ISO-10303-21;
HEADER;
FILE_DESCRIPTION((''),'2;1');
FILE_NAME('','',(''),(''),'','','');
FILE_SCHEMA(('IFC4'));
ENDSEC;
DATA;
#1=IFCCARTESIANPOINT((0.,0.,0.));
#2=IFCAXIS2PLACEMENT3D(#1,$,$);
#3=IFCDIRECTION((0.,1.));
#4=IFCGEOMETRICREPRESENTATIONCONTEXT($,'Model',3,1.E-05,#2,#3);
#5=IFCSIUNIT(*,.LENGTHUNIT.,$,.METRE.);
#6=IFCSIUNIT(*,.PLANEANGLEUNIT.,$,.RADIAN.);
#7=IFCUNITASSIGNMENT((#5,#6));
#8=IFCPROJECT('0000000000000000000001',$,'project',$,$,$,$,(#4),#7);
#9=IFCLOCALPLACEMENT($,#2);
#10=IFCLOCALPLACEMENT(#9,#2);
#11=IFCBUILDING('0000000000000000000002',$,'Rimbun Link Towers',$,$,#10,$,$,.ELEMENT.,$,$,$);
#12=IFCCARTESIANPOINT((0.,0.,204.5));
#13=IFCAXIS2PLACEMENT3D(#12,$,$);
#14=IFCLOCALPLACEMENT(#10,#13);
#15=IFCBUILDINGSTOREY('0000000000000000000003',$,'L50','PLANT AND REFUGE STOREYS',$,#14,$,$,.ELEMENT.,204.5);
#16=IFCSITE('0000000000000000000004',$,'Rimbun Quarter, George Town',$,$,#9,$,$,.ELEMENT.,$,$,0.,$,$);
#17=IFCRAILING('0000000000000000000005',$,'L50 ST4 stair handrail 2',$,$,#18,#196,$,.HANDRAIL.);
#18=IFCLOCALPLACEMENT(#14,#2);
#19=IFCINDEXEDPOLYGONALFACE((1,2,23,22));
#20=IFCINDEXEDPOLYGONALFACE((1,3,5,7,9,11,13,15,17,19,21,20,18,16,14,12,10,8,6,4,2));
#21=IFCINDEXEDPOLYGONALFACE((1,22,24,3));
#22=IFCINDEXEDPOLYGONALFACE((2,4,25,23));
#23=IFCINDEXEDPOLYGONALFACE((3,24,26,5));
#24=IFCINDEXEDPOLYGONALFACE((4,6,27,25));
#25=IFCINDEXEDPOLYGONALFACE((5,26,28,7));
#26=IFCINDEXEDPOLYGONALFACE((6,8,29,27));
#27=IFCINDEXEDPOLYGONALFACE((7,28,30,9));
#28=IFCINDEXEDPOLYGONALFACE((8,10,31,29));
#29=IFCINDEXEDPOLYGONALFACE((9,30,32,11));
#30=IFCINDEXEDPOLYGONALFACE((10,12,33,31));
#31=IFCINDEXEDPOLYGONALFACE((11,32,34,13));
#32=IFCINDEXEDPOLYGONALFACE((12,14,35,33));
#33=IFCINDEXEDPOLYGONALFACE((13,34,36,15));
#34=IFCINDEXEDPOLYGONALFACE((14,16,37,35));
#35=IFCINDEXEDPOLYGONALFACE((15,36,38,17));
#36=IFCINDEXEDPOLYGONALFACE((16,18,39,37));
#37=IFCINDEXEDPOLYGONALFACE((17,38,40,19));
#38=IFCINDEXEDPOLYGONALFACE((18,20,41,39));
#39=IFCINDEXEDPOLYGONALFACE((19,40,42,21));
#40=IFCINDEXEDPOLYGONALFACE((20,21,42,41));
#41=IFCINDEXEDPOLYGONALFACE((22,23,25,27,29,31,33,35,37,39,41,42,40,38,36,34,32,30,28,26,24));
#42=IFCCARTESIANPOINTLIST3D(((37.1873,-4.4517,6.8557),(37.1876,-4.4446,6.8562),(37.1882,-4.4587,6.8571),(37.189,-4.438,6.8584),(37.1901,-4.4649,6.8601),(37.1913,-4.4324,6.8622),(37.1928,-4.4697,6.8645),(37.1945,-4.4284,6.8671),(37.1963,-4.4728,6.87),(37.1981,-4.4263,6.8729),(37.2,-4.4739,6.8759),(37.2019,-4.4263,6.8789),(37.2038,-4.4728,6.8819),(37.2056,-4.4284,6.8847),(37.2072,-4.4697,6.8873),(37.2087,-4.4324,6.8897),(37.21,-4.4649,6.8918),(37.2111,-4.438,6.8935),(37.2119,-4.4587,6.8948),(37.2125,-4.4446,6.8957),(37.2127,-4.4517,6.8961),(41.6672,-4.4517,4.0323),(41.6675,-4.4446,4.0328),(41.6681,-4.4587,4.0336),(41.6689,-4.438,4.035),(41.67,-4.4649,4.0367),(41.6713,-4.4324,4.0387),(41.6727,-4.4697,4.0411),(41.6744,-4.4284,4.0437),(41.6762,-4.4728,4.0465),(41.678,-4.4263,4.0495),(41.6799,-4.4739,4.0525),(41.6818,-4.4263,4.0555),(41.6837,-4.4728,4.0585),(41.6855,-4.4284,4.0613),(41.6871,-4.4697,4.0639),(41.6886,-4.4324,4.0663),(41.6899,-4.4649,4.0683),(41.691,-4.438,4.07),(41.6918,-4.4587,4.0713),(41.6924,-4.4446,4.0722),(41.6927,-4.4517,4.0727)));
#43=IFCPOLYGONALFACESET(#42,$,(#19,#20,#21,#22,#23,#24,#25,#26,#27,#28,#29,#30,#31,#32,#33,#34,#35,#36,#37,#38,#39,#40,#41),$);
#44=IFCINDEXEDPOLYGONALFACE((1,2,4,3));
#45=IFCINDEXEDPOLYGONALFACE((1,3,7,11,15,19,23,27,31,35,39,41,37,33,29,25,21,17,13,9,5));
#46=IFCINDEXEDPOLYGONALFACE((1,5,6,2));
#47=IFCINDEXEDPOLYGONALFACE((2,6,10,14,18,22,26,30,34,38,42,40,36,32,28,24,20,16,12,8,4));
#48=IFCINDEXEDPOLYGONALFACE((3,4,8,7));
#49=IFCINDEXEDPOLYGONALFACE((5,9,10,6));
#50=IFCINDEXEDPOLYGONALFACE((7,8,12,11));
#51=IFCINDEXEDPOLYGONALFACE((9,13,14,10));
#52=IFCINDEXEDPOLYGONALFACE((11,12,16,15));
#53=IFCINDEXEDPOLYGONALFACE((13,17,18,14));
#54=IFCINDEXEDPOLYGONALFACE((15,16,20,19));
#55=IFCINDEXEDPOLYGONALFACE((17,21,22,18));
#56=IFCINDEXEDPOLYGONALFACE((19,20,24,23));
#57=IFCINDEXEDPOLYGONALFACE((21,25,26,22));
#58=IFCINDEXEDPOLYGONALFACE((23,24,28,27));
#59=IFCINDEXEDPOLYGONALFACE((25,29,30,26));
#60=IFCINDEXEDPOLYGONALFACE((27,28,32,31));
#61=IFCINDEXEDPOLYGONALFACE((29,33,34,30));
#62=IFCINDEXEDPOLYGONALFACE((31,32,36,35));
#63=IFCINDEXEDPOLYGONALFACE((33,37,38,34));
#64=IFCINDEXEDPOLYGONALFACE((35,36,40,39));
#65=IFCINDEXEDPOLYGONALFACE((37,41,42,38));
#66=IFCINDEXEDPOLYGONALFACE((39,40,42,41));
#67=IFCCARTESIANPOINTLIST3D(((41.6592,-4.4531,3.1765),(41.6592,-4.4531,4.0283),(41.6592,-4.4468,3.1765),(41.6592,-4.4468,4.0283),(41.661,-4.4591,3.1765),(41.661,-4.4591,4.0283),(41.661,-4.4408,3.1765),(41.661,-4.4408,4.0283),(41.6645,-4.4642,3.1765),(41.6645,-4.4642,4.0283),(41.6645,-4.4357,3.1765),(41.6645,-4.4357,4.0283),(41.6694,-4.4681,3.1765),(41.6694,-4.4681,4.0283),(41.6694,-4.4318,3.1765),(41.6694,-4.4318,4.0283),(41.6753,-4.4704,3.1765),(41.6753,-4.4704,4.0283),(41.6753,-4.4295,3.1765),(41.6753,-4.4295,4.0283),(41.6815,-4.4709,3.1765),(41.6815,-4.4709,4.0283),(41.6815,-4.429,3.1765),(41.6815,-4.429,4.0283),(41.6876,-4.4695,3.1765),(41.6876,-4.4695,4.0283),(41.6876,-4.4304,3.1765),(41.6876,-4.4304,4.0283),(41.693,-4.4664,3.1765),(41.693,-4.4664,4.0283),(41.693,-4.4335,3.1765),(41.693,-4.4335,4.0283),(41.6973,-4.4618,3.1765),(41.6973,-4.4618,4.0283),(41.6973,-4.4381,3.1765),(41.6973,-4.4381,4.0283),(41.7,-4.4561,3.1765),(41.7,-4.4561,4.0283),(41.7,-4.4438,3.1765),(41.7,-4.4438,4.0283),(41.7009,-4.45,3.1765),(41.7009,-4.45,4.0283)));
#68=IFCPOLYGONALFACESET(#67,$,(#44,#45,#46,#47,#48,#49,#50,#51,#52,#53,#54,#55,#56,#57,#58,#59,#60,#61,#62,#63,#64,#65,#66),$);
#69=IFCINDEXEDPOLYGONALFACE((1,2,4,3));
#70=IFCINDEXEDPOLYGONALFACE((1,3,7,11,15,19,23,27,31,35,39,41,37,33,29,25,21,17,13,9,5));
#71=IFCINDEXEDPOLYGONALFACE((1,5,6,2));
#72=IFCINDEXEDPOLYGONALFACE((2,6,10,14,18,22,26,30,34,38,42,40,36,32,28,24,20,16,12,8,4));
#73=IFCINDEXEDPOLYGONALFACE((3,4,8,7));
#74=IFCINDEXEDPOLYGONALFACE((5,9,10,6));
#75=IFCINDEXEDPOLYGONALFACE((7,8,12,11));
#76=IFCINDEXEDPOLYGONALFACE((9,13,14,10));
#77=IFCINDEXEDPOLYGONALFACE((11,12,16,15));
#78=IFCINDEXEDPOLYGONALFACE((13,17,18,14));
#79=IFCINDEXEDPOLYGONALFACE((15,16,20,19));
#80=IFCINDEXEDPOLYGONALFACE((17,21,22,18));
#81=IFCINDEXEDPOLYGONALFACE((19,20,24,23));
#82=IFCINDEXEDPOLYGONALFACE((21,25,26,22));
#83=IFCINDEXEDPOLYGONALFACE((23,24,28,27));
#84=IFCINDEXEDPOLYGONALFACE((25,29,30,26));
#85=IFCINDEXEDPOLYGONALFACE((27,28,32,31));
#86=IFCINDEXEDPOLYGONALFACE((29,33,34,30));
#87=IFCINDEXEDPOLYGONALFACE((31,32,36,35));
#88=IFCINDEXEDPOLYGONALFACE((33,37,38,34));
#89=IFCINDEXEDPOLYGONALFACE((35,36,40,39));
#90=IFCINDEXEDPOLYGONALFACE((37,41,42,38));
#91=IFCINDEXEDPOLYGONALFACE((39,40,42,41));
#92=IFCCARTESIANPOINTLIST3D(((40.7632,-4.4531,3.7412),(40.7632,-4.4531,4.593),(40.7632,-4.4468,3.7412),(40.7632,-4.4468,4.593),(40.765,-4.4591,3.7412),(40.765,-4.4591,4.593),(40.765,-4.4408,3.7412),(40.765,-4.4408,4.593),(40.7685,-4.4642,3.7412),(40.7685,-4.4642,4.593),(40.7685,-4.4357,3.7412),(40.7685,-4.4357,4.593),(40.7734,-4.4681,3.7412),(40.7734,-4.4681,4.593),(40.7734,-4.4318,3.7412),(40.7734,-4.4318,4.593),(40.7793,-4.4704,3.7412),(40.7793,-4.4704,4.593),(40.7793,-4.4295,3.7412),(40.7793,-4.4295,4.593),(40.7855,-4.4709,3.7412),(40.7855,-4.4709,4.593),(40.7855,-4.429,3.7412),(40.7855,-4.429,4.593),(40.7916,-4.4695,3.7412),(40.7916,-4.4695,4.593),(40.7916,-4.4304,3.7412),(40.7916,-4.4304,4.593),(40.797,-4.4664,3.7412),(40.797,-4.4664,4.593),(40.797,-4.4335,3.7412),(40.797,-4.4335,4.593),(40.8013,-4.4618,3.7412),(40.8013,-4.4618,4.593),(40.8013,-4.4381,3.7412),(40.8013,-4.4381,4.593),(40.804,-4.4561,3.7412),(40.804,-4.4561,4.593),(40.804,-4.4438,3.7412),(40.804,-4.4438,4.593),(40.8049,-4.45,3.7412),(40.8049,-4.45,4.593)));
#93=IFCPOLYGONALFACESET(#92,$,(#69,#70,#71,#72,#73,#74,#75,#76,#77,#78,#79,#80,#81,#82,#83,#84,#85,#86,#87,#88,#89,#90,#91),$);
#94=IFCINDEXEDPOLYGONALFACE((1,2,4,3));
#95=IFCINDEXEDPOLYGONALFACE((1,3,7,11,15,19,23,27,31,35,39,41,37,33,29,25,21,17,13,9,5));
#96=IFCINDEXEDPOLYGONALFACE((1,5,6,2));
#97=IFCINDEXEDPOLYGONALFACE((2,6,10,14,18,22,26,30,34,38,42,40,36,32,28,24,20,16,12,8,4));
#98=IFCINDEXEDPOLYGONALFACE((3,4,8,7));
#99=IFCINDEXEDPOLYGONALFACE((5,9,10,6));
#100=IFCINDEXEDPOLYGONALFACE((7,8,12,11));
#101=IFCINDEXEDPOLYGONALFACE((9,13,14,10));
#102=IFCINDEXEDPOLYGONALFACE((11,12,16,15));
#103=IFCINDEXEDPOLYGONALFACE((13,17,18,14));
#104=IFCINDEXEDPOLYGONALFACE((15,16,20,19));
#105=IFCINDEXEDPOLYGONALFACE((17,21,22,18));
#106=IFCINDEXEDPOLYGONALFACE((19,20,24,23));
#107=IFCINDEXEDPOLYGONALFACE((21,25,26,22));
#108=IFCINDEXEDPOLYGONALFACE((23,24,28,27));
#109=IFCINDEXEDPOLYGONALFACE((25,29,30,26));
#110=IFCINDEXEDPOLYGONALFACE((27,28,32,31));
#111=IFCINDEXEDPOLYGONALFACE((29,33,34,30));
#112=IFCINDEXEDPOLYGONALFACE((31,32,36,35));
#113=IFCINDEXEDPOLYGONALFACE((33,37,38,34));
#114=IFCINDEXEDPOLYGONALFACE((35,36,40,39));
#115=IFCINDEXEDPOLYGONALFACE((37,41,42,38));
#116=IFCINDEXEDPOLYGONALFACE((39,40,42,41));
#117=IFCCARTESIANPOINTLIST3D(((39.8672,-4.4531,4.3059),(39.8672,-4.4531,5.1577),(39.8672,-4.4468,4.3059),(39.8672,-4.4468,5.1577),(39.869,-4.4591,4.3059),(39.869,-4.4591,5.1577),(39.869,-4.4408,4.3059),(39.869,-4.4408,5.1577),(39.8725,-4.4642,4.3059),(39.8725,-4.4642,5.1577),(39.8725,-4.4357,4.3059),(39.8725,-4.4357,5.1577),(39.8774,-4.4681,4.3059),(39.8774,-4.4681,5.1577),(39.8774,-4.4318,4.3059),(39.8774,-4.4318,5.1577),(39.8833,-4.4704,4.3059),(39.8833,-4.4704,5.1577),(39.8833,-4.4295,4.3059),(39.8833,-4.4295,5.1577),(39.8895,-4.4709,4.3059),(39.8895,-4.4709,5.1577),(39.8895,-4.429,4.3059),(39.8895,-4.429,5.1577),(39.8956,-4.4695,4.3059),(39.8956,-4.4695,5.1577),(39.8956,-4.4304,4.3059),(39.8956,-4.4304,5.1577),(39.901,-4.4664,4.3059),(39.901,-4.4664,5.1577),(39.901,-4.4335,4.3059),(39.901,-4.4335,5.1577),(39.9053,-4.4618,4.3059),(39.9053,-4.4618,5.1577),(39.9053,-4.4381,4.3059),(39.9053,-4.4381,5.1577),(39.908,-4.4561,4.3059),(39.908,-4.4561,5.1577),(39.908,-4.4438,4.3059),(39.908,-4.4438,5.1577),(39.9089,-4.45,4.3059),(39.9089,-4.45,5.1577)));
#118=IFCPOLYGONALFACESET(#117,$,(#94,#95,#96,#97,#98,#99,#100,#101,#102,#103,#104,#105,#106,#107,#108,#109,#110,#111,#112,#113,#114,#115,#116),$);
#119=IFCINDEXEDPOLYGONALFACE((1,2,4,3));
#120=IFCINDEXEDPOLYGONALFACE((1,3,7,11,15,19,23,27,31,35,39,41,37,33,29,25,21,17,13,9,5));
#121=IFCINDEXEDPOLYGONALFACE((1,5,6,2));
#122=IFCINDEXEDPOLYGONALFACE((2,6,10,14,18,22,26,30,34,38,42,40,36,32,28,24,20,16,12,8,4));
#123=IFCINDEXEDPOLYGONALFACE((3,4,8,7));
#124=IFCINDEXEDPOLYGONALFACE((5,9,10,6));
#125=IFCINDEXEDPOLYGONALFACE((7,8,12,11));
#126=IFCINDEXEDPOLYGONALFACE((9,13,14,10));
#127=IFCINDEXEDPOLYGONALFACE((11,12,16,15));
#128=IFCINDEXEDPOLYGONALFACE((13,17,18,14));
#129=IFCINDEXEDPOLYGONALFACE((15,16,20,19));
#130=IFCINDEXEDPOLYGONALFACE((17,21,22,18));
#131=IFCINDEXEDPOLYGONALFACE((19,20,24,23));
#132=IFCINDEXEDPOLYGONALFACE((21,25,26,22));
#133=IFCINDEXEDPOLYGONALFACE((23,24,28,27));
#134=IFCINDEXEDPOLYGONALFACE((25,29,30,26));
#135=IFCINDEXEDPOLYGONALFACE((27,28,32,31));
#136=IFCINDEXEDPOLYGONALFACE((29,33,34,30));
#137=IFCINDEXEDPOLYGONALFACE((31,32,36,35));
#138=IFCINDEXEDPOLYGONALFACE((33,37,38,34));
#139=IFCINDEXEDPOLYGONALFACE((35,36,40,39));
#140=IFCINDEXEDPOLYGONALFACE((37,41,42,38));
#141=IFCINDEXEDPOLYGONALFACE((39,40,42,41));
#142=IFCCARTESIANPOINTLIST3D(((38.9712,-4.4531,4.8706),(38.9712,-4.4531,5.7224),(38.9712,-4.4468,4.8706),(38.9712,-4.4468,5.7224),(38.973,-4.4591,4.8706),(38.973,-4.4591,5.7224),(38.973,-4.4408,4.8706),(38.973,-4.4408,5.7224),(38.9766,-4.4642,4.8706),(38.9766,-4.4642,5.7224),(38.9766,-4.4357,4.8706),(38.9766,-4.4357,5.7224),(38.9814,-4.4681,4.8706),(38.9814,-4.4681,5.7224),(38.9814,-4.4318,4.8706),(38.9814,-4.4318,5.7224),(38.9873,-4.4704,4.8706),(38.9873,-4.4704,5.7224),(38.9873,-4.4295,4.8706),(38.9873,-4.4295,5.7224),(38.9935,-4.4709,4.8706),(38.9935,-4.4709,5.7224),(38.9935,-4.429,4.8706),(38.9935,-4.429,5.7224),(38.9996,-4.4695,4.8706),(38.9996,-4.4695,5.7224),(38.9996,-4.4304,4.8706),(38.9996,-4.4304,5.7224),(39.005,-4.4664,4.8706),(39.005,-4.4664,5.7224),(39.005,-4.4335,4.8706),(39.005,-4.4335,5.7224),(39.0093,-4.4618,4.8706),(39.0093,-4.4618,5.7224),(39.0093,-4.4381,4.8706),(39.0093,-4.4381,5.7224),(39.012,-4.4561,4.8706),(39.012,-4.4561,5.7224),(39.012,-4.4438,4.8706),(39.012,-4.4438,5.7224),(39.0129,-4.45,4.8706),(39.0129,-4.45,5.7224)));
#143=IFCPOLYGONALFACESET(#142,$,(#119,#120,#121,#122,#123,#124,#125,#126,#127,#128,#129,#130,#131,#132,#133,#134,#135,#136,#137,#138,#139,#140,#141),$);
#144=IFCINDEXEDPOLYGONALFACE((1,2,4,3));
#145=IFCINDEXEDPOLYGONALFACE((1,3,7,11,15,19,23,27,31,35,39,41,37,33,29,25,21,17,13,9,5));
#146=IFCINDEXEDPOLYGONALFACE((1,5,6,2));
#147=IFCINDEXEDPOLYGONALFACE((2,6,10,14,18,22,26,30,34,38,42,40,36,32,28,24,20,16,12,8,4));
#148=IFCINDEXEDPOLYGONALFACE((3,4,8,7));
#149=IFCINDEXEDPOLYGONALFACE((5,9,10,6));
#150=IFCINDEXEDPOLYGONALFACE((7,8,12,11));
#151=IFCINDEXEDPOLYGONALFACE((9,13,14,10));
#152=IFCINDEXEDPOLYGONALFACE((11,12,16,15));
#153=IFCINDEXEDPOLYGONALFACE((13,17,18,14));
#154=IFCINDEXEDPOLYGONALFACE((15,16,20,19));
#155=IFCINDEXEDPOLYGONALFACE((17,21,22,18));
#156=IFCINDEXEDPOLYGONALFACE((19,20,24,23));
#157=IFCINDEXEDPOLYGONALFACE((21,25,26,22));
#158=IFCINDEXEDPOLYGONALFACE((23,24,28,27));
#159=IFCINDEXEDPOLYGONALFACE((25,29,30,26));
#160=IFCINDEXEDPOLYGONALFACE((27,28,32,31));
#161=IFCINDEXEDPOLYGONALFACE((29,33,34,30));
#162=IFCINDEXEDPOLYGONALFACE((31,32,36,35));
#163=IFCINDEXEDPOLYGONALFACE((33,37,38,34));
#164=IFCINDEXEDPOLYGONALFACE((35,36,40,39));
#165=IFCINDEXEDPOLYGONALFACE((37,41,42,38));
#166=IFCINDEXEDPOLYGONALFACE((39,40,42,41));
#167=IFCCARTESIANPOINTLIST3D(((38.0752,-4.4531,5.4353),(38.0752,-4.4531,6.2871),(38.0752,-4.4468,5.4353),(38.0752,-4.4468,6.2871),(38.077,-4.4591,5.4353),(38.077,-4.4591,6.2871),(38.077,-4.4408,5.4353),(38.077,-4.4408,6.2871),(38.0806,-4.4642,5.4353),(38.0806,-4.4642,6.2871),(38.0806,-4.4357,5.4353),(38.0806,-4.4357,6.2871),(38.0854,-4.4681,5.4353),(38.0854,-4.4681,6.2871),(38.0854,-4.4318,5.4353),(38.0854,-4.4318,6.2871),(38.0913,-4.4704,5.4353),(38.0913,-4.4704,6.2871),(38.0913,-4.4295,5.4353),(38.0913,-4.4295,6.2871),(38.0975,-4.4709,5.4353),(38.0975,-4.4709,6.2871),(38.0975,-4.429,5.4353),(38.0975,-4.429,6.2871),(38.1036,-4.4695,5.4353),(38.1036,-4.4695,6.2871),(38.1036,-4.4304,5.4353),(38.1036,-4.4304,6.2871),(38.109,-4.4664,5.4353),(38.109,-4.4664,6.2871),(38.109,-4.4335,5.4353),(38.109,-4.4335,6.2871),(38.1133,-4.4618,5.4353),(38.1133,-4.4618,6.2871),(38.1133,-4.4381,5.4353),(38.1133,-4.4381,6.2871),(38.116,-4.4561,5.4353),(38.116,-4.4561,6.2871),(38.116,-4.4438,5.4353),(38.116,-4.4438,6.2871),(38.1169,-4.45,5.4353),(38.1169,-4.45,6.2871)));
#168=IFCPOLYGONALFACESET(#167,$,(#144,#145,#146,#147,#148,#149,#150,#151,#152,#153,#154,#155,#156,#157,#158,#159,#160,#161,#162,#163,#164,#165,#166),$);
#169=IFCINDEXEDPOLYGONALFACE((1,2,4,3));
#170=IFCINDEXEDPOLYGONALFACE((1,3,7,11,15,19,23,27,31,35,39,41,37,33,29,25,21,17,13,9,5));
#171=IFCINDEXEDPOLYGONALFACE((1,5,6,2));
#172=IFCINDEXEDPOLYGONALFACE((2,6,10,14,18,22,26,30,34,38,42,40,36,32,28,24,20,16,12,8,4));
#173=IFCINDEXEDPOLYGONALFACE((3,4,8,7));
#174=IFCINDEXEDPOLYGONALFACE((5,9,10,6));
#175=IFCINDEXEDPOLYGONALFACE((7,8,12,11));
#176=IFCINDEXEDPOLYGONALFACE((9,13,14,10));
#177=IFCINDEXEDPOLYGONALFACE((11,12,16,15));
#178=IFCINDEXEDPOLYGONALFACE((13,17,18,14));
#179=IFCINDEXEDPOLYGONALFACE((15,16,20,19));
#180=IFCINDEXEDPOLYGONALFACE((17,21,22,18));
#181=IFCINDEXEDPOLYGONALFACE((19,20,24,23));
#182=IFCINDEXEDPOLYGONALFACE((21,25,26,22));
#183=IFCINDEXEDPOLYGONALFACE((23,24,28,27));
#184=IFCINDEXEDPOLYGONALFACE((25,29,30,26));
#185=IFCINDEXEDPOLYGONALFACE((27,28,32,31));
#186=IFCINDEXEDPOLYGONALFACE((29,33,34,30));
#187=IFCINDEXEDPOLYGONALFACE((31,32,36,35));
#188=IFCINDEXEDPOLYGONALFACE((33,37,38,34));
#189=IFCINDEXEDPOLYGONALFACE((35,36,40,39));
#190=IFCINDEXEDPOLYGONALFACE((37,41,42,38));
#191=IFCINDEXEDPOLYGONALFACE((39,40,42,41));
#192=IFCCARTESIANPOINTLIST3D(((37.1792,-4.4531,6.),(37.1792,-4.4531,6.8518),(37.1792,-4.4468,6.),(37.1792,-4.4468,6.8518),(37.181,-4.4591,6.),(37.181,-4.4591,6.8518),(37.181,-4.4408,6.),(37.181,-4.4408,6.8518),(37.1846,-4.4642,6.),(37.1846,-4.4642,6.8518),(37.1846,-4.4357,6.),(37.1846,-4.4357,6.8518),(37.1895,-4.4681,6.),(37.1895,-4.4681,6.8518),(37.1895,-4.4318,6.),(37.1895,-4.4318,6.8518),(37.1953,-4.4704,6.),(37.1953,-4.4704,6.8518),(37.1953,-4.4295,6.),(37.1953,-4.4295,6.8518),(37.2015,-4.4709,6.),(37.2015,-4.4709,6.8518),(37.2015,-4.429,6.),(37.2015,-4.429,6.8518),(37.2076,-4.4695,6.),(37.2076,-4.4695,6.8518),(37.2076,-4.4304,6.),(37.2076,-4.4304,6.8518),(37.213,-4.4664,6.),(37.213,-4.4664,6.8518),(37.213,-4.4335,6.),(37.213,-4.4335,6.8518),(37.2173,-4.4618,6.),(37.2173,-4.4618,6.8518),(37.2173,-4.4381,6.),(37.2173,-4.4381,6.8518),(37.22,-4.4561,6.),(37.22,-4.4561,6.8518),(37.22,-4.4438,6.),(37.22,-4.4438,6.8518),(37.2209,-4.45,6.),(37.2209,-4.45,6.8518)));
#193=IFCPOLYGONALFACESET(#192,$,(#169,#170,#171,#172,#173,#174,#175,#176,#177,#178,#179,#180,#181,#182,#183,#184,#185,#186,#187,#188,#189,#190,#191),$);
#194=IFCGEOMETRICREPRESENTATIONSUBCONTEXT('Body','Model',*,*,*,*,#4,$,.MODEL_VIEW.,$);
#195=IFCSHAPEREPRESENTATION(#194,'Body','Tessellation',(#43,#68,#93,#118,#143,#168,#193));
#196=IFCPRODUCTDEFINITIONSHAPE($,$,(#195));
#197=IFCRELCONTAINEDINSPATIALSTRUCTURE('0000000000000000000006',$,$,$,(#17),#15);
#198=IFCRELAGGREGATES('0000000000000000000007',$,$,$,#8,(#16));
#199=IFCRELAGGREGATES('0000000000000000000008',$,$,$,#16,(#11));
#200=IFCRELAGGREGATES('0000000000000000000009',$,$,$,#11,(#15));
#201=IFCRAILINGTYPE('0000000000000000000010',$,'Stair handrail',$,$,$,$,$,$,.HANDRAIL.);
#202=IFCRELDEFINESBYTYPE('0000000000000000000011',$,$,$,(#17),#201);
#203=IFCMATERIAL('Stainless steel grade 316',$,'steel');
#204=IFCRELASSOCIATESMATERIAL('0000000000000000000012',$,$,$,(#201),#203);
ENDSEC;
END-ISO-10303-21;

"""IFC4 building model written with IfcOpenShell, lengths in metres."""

from ifc_helpers import new_model, si_unit, direction, frame, origin, origin_2d, place, context, subcontext, project, spatial, circle, extrude, material, type_object, element, save


model = new_model("IFC4")

# Units and contexts
model_context = context("Model", 3, precision=1e-05, world=origin(), true_north=direction((0.0, 1.0)))
body_context = subcontext(model_context, "Body", "Model", "MODEL_VIEW")
ifc_project = project(units=[si_unit("LENGTHUNIT", "METRE"), si_unit("PLANEANGLEUNIT", "RADIAN")], contexts=[model_context])

# Site, building, storey
site_placement = place(None, origin())
site = spatial("IfcSite", under=ifc_project, at=site_placement, Name="Rimbun Quarter, George Town", CompositionType="ELEMENT", RefElevation=0.0)
building_placement = place(site_placement, origin())
building = spatial("IfcBuilding", under=site, at=building_placement, Name="Rimbun Link Towers", CompositionType="ELEMENT")
storey_placement = place(building_placement, frame((0.0, 0.0, 204.5)))
storey = spatial("IfcBuildingStorey", under=building, at=storey_placement, Name="L50", Description="PLANT AND REFUGE STOREYS", CompositionType="ELEMENT", Elevation=204.5)

# Railing
ifc_material_1 = material(Name="Stainless steel grade 316", Category="steel")
railing_type_1 = type_object("IfcRailingType", Name="Stair handrail", PredefinedType="HANDRAIL", material=ifc_material_1)
railing_1_placement = place(storey_placement, frame((41.6799, -4.45, 3.1765)))
element("IfcRailing", 1, at=railing_1_placement, inside=storey, type_object=railing_type_1, Name="L50 ST4 stair handrail 2", PredefinedType="HANDRAIL", context=body_context, shape_type="SweptSolid", body=[
    extrude(circle(Radius=0.0239, at=origin_2d()), frame((0.0, 0.0, 0.876), z_axis=(-0.845998, 0.0, 0.533186), x_axis=(0.0, -1.0, 0.0)), (0.0, 0.0, 1.0), 5.2954),
    extrude(circle(Radius=0.021, at=origin_2d()), origin(), (0.0, 0.0, 1.0), 0.8518),
    extrude(circle(Radius=0.021, at=origin_2d()), frame((-0.896, 0.0, 0.5647)), (0.0, 0.0, 1.0), 0.8518),
    extrude(circle(Radius=0.021, at=origin_2d()), frame((-1.792, 0.0, 1.1294)), (0.0, 0.0, 1.0), 0.8518),
    extrude(circle(Radius=0.021, at=origin_2d()), frame((-2.688, 0.0, 1.6941)), (0.0, 0.0, 1.0), 0.8518),
    extrude(circle(Radius=0.021, at=origin_2d()), frame((-3.584, 0.0, 2.2588)), (0.0, 0.0, 1.0), 0.8518),
    extrude(circle(Radius=0.021, at=origin_2d()), frame((-4.48, 0.0, 2.8235)), (0.0, 0.0, 1.0), 0.8518),
])

save(model, "model.ifc")
